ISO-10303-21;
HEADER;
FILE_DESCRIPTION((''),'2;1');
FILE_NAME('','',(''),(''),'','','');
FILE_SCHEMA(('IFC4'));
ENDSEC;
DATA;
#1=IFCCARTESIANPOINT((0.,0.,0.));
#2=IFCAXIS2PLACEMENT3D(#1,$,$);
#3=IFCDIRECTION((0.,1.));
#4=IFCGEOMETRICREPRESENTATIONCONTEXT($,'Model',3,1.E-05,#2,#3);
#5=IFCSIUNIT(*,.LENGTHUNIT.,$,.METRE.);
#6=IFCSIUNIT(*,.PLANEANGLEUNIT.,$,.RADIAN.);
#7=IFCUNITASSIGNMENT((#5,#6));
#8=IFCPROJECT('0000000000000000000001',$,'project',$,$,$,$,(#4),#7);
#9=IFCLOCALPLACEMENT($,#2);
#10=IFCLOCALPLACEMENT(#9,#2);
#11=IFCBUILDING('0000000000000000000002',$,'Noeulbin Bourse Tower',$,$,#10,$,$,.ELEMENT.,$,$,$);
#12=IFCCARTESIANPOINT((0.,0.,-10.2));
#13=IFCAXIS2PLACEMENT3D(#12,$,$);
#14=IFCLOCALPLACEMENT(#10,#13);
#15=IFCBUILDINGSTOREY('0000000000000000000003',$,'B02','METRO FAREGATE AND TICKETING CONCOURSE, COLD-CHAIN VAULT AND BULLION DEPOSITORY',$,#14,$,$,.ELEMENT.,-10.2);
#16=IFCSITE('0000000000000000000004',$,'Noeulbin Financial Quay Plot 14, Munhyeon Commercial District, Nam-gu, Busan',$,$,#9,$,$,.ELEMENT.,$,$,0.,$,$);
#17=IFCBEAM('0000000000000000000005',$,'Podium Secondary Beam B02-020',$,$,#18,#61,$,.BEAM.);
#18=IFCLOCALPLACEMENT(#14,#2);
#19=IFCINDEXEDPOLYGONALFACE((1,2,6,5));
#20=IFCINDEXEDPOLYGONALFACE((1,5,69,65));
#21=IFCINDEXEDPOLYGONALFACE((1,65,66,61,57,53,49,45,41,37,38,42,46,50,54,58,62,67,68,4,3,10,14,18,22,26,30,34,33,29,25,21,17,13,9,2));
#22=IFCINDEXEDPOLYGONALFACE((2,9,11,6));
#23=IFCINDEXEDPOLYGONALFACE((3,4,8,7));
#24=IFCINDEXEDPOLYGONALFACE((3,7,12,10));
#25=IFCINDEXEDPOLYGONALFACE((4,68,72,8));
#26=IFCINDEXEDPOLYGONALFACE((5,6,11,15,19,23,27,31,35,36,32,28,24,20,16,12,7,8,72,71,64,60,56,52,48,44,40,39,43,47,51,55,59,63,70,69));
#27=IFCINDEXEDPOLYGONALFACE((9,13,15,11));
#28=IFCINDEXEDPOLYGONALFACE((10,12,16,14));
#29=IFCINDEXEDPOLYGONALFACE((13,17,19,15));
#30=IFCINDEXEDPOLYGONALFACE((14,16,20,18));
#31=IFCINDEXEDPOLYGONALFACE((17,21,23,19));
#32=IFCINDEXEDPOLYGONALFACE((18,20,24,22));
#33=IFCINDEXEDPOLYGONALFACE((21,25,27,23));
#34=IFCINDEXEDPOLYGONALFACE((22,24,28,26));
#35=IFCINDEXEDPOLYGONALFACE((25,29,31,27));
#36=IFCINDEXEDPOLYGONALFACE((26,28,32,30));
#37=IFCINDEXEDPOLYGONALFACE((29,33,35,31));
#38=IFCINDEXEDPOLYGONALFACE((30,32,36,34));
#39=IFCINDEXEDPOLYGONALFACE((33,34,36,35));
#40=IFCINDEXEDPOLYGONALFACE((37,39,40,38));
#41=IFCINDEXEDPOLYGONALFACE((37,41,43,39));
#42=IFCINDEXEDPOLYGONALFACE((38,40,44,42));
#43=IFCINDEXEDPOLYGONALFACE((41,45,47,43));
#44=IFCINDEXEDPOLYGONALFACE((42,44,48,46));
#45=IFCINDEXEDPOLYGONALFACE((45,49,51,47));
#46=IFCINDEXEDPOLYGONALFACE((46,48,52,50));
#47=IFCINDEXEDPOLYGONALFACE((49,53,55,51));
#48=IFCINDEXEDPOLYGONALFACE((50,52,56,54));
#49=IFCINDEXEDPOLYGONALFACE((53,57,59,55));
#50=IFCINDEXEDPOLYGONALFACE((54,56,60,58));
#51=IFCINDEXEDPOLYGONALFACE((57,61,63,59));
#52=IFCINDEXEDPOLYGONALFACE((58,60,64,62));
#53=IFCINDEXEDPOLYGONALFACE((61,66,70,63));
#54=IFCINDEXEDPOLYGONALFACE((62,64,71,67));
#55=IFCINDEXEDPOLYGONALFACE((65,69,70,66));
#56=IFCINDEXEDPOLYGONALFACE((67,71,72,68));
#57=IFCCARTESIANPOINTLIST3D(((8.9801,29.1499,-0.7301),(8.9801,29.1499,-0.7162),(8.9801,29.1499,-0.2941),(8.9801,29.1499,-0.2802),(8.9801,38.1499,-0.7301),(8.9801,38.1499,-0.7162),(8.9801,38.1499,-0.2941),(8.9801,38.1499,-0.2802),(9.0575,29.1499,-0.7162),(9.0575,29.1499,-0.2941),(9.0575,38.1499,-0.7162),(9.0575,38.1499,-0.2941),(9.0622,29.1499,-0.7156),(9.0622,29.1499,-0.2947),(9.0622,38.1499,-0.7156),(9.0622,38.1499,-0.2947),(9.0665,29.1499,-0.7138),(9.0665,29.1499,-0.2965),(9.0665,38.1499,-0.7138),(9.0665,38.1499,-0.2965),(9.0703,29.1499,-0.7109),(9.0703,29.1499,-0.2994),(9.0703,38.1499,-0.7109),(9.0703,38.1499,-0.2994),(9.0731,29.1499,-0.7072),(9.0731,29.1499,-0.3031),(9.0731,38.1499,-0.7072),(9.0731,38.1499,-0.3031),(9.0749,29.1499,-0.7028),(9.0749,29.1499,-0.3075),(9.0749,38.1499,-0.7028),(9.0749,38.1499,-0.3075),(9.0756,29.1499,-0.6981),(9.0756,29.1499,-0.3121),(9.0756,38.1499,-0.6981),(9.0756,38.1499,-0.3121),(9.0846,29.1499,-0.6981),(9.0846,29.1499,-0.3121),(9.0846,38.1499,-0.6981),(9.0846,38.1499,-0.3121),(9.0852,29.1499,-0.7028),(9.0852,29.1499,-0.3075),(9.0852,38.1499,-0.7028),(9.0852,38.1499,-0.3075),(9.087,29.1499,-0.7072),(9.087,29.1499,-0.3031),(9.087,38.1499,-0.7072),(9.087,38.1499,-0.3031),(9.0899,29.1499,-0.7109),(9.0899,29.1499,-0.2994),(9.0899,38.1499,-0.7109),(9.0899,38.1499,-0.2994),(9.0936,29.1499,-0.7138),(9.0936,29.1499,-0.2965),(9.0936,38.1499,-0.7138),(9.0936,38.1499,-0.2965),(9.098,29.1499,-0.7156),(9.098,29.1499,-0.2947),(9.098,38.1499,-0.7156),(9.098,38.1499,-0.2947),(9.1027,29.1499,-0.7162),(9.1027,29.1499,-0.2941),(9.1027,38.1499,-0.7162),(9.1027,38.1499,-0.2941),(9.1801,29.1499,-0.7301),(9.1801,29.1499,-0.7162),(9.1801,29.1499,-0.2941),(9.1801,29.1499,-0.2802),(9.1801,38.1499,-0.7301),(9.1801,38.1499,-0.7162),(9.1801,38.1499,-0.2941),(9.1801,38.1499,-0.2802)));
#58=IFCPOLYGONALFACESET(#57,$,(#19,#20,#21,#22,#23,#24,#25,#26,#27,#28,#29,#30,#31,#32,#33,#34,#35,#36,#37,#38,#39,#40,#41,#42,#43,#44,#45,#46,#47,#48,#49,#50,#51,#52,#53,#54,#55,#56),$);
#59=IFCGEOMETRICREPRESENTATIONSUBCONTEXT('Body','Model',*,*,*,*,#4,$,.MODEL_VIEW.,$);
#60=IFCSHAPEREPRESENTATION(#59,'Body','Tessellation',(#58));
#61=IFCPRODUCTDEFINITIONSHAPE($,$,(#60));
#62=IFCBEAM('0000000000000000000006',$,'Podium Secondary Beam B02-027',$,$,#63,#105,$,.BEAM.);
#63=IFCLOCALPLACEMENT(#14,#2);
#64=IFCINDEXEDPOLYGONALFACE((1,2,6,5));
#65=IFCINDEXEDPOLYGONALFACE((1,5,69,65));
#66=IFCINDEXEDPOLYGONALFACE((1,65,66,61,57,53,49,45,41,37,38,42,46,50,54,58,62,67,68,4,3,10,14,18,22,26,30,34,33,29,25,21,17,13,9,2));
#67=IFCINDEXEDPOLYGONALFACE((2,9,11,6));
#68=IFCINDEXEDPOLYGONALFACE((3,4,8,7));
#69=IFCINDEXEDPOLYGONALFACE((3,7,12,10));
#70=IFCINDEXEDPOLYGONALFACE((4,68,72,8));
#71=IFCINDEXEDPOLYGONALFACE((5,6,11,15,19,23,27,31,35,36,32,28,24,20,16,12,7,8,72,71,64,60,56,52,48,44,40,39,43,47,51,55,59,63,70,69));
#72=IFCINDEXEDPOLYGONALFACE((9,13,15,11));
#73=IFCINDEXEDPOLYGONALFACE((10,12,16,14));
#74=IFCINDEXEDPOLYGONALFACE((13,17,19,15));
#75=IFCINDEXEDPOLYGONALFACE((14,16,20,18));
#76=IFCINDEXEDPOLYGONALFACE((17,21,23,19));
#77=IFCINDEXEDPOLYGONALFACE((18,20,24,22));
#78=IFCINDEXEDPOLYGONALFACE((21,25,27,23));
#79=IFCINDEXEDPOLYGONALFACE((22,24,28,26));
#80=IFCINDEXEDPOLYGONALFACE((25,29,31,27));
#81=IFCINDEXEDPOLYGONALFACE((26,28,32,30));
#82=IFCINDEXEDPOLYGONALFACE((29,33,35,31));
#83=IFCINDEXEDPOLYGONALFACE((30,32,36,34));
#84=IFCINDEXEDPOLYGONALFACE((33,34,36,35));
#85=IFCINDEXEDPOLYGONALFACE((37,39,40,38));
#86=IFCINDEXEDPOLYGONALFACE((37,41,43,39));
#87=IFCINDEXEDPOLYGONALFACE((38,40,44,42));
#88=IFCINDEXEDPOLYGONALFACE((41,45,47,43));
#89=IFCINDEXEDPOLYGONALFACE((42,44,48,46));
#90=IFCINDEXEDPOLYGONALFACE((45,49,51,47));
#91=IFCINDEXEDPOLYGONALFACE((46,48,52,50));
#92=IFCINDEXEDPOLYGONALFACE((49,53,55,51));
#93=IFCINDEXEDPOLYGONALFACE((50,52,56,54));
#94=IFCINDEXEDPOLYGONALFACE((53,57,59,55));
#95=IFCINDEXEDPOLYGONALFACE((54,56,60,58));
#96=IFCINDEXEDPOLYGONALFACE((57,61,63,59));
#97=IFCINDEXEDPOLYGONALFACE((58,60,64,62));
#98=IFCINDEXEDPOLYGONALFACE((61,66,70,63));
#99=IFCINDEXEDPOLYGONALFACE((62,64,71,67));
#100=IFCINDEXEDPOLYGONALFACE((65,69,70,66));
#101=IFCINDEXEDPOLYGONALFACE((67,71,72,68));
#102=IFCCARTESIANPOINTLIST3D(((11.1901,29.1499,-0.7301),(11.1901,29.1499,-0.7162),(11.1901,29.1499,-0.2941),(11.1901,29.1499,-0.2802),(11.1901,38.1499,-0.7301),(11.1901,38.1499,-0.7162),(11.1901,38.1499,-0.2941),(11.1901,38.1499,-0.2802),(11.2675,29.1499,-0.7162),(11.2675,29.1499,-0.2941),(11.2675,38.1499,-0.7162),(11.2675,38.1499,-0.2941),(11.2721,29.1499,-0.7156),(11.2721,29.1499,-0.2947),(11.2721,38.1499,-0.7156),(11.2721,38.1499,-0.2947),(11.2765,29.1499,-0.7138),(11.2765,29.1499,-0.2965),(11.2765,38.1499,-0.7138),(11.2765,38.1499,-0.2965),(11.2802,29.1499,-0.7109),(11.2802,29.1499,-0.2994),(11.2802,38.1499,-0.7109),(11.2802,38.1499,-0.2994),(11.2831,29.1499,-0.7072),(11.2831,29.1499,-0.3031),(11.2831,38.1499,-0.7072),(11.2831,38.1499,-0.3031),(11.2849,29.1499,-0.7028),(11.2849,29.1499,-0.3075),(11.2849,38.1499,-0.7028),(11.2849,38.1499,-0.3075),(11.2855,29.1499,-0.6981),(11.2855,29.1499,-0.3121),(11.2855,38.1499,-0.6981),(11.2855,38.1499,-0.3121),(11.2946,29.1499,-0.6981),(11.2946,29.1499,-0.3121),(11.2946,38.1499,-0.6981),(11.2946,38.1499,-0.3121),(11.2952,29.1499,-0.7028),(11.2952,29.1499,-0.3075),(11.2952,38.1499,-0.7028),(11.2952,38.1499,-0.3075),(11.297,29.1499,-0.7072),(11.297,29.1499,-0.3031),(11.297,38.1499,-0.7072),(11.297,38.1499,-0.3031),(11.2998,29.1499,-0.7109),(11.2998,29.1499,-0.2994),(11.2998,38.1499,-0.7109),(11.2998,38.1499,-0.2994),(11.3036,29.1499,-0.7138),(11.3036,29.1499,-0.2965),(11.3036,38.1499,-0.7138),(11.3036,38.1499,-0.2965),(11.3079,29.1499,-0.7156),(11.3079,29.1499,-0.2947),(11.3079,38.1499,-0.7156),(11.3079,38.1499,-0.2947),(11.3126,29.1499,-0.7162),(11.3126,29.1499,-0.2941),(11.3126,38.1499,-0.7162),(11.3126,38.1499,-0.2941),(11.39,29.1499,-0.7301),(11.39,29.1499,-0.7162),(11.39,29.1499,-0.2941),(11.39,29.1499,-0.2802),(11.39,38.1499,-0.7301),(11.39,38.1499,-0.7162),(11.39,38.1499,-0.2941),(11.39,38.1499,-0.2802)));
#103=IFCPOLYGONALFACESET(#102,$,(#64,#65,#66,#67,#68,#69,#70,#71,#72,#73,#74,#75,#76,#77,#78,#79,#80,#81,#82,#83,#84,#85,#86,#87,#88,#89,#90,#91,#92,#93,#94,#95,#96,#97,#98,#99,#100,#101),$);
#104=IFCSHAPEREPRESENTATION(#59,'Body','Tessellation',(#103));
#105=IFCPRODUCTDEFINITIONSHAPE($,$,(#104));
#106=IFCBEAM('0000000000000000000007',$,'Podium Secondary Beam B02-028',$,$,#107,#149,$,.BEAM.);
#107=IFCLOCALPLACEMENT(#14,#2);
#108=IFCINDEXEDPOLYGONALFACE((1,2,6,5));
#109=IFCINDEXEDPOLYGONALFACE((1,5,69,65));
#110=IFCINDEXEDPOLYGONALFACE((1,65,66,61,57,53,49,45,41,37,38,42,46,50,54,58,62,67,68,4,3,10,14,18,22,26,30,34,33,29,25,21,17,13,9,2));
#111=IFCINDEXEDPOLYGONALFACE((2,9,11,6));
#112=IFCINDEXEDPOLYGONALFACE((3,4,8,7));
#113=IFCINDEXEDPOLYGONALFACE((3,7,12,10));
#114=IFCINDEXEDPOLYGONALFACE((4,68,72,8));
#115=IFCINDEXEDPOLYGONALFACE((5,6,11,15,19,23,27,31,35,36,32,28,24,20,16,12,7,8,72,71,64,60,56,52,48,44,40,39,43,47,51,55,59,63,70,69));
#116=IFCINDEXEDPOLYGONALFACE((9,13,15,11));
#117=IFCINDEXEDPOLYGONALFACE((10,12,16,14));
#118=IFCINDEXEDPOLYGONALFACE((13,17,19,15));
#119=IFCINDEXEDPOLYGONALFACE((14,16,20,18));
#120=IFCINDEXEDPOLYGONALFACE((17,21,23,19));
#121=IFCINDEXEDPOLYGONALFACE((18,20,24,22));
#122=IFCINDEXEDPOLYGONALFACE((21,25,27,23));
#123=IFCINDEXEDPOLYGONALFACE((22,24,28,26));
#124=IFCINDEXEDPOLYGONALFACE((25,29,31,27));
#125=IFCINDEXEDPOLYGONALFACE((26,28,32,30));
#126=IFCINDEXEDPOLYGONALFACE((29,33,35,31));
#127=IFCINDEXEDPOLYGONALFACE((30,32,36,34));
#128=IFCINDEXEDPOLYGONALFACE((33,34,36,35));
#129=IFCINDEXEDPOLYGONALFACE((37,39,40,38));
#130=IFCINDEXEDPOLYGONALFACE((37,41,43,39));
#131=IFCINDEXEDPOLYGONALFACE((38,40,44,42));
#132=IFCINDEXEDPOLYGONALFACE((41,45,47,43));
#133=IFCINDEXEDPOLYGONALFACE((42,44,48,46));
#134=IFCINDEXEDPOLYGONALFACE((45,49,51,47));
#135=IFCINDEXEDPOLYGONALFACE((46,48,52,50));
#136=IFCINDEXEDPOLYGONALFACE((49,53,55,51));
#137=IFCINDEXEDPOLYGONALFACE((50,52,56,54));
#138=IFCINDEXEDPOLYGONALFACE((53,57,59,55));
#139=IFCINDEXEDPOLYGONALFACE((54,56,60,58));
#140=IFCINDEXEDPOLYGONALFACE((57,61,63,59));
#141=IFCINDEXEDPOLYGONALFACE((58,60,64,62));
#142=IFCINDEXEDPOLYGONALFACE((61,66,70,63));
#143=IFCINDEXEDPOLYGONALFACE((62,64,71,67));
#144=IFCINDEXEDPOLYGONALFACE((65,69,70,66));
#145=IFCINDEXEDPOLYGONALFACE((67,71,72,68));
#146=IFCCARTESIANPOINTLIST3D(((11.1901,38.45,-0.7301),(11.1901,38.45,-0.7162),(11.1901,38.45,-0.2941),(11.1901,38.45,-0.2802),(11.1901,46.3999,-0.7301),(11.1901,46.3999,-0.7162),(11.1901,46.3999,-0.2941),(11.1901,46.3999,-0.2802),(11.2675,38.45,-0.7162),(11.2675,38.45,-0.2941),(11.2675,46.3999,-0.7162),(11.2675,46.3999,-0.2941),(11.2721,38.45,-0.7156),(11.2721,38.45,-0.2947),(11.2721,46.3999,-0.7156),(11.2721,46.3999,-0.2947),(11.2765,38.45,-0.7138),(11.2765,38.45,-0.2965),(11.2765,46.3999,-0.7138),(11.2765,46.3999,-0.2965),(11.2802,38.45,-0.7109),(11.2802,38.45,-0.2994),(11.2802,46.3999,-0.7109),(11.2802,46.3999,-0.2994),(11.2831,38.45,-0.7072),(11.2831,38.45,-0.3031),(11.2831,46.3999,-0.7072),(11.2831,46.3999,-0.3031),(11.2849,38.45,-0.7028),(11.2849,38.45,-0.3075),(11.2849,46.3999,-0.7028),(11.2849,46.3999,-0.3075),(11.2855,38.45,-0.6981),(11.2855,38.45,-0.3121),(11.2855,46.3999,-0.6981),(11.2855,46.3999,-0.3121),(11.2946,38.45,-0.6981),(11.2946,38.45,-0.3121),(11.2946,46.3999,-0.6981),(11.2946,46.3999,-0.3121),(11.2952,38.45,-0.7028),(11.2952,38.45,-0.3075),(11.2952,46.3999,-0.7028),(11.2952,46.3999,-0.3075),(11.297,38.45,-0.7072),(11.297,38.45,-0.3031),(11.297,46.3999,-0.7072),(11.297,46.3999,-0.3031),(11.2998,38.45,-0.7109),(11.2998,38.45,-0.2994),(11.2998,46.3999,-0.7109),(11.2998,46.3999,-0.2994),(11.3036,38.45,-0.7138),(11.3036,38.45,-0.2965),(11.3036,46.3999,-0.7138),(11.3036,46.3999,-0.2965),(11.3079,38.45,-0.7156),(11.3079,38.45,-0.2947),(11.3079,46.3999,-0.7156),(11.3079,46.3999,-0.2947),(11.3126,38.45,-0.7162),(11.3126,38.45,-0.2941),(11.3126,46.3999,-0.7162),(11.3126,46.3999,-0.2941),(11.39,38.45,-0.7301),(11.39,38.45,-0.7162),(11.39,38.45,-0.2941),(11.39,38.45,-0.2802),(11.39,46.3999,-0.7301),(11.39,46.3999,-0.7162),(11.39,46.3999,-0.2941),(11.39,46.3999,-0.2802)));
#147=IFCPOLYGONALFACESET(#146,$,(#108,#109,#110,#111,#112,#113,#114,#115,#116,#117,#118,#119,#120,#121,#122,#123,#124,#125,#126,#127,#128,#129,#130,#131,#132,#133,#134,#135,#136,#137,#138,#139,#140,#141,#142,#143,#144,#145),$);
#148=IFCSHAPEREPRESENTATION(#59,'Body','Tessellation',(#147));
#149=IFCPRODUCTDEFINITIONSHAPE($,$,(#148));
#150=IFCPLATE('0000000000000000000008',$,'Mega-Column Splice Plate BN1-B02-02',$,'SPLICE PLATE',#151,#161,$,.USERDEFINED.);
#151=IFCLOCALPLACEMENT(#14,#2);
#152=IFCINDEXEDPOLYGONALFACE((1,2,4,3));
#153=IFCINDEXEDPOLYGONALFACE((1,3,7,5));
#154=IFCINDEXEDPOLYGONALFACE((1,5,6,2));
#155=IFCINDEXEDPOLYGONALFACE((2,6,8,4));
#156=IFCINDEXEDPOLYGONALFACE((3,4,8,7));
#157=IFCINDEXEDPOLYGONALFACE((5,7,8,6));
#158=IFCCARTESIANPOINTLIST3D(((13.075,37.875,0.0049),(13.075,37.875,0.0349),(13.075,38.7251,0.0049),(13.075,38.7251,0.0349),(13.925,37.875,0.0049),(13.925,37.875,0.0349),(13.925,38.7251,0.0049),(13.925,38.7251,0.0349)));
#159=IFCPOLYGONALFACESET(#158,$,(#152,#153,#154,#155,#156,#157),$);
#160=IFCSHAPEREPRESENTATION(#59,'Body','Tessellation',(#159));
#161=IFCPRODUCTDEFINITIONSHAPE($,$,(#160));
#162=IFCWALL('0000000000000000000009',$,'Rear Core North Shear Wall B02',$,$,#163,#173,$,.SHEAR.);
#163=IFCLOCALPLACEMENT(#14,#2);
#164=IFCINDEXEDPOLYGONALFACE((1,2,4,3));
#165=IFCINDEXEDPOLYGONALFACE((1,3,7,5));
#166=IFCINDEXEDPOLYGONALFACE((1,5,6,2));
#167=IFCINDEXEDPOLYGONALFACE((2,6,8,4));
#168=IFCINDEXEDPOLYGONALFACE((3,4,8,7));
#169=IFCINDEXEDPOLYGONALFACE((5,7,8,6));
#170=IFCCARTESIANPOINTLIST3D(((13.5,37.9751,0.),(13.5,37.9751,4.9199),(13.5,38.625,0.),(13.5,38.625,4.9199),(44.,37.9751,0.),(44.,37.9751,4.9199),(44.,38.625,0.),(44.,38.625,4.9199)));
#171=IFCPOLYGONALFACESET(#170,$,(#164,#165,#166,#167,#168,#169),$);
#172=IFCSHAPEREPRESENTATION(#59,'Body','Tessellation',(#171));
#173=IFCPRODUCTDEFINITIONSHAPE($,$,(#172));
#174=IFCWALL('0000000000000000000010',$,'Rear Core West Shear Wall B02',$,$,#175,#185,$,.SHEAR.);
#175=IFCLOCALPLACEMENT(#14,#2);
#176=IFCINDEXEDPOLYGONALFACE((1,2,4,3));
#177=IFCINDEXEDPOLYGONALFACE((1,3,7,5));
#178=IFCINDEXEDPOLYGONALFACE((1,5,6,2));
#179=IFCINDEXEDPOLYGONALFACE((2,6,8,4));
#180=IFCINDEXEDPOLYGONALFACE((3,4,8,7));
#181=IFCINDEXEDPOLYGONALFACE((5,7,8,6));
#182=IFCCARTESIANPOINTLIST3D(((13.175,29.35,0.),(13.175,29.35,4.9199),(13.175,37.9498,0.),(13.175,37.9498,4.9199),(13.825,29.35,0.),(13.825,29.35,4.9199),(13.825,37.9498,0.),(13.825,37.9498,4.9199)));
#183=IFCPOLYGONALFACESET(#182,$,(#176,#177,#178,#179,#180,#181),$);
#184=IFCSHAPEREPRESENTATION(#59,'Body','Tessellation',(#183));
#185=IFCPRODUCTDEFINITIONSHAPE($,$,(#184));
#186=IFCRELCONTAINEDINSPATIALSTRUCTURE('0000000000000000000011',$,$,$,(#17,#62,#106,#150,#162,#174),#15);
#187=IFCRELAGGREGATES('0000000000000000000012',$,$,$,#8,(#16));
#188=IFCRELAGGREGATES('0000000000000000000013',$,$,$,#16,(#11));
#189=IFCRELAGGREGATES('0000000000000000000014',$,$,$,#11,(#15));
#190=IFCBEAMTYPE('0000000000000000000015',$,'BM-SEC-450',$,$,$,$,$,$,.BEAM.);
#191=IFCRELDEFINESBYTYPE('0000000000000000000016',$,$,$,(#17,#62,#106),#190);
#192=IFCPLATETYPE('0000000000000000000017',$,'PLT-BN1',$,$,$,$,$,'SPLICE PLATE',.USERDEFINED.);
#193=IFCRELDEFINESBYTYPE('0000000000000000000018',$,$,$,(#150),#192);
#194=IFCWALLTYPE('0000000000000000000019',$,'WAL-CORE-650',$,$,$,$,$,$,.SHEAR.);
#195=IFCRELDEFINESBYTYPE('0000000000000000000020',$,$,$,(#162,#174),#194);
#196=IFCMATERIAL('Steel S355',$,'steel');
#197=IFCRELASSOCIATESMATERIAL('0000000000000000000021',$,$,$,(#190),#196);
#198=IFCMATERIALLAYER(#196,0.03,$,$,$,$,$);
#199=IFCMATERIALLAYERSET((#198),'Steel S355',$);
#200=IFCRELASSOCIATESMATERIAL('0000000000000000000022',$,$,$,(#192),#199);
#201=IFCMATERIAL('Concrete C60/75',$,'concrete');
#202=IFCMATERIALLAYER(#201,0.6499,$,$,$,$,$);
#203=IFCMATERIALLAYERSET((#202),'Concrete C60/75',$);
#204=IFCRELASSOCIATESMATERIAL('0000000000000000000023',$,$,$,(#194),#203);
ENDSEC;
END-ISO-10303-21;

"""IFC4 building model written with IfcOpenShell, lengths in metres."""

from ifc_helpers import new_model, si_unit, direction, frame, frame_2d, origin, origin_2d, place, context, subcontext, project, spatial, rectangle, i_section, extrude, material, layer, layer_set, material_profile, profile_set, type_object, element, save


model = new_model("IFC4")

# Units and contexts
model_context = context("Model", 3, precision=1e-05, world=origin(), true_north=direction((0.0, 1.0)))
body_context = subcontext(model_context, "Body", "Model", "MODEL_VIEW")
ifc_project = project(units=[si_unit("LENGTHUNIT", "METRE"), si_unit("PLANEANGLEUNIT", "RADIAN")], contexts=[model_context])

# Site, building, storey
site_placement = place(None, origin())
site = spatial("IfcSite", under=ifc_project, at=site_placement, Name="Noeulbin Financial Quay Plot 14, Munhyeon Commercial District, Nam-gu, Busan", CompositionType="ELEMENT", RefElevation=0.0)
building_placement = place(site_placement, origin())
building = spatial("IfcBuilding", under=site, at=building_placement, Name="Noeulbin Bourse Tower", CompositionType="ELEMENT")
storey_placement = place(building_placement, frame((0.0, 0.0, -10.2)))
storey = spatial("IfcBuildingStorey", under=building, at=storey_placement, Name="B02", Description="METRO FAREGATE AND TICKETING CONCOURSE, COLD-CHAIN VAULT AND BULLION DEPOSITORY", CompositionType="ELEMENT", Elevation=-10.2)

# Beams
ifc_material_1 = material(Name="Steel S355", Category="steel")
ifc_material_profile_1 = material_profile(ifc_material_1, i_section(OverallWidth=0.2, OverallDepth=0.45, WebThickness=0.009, FlangeThickness=0.0139, FilletRadius=0.0181, at=origin_2d()), Name="H-450x200x9x14", Category="LoadBearing")
ifc_profile_set_1 = profile_set([ifc_material_profile_1], Name="Steel S355")
beam_type_1 = type_object("IfcBeamType", Name="BM-SEC-450", PredefinedType="BEAM", material=ifc_profile_set_1)
for number, where, z_axis, x_axis, name in (
    (1, (9.0801, 29.1499, -0.5051), (0.0, 1.0, 0.0), (-1.0, 0.0, 0.0), "Podium Secondary Beam B02-020"),
    (2, (11.29, 29.1499, -0.5051), (0.0, 1.0, 0.0), (-1.0, 0.0, 0.0), "Podium Secondary Beam B02-027"),
):
    element("IfcBeam", number, at=place(storey_placement, frame(where, z_axis=z_axis, x_axis=x_axis)), inside=storey, type_object=beam_type_1, Name=name, PredefinedType="BEAM", context=body_context, shape_type="SweptSolid", body=[
        extrude(i_section(OverallWidth=0.2, OverallDepth=0.45, WebThickness=0.009, FlangeThickness=0.0139, FilletRadius=0.0181, at=origin_2d()), origin(), (0.0, 0.0, 1.0), 9.0),
    ])
beam_1_placement = place(storey_placement, frame((11.29, 38.45, -0.5051), z_axis=(0.0, 1.0, 0.0), x_axis=(-1.0, 0.0, 0.0)))
element("IfcBeam", 3, at=beam_1_placement, inside=storey, type_object=beam_type_1, Name="Podium Secondary Beam B02-028", PredefinedType="BEAM", context=body_context, shape_type="SweptSolid", body=[
    extrude(i_section(OverallWidth=0.2, OverallDepth=0.45, WebThickness=0.009, FlangeThickness=0.0139, FilletRadius=0.0181, at=origin_2d()), origin(), (0.0, 0.0, 1.0), 7.95),
])

# Plate
ifc_layer_1 = layer(ifc_material_1, 0.03)
ifc_layer_set_1 = layer_set([ifc_layer_1], Name="Steel S355")
plate_type = type_object("IfcPlateType", Name="PLT-BN1", ElementType="SPLICE PLATE", PredefinedType="USERDEFINED", material=ifc_layer_set_1)
plate_placement = place(storey_placement, frame((13.5, 38.3, 0.0049), z_axis=(0.0, 0.0, 1.0), x_axis=(1.0, 0.0, 0.0)))
element("IfcPlate", 4, at=plate_placement, inside=storey, type_object=plate_type, Name="Mega-Column Splice Plate BN1-B02-02", ObjectType="SPLICE PLATE", PredefinedType="USERDEFINED", context=body_context, shape_type="SweptSolid", body=[
    extrude(rectangle(XDim=0.8501, YDim=0.8501, at=origin_2d()), origin(), (0.0, 0.0, 1.0), 0.03),
])

# Walls
ifc_material_2 = material(Name="Concrete C60/75", Category="concrete")
ifc_layer_2 = layer(ifc_material_2, 0.6499)
ifc_layer_set_2 = layer_set([ifc_layer_2], Name="Concrete C60/75")
wall_type_1 = type_object("IfcWallType", Name="WAL-CORE-650", PredefinedType="SHEAR", material=ifc_layer_set_2)
wall_1_placement = place(storey_placement, frame((13.5, 38.3, 0.0), z_axis=(0.0, 0.0, 1.0), x_axis=(1.0, 0.0, 0.0)))
element("IfcWall", 5, at=wall_1_placement, inside=storey, type_object=wall_type_1, Name="Rear Core North Shear Wall B02", PredefinedType="SHEAR", context=body_context, shape_type="SweptSolid", body=[
    extrude(rectangle(XDim=30.5, YDim=0.6499, at=frame_2d((15.25, 0.0))), origin(), (0.0, 0.0, 1.0), 4.9199),
])
wall_2_placement = place(storey_placement, frame((13.5, 29.3501, 0.0), z_axis=(0.0, 0.0, 1.0), x_axis=(0.0, 1.0, 0.0)))
element("IfcWall", 6, at=wall_2_placement, inside=storey, type_object=wall_type_1, Name="Rear Core West Shear Wall B02", PredefinedType="SHEAR", context=body_context, shape_type="SweptSolid", body=[
    extrude(rectangle(XDim=8.5999, YDim=0.6499, at=frame_2d((4.2998, 0.0))), origin(), (0.0, 0.0, 1.0), 4.9199),
])

save(model, "model.ifc")
